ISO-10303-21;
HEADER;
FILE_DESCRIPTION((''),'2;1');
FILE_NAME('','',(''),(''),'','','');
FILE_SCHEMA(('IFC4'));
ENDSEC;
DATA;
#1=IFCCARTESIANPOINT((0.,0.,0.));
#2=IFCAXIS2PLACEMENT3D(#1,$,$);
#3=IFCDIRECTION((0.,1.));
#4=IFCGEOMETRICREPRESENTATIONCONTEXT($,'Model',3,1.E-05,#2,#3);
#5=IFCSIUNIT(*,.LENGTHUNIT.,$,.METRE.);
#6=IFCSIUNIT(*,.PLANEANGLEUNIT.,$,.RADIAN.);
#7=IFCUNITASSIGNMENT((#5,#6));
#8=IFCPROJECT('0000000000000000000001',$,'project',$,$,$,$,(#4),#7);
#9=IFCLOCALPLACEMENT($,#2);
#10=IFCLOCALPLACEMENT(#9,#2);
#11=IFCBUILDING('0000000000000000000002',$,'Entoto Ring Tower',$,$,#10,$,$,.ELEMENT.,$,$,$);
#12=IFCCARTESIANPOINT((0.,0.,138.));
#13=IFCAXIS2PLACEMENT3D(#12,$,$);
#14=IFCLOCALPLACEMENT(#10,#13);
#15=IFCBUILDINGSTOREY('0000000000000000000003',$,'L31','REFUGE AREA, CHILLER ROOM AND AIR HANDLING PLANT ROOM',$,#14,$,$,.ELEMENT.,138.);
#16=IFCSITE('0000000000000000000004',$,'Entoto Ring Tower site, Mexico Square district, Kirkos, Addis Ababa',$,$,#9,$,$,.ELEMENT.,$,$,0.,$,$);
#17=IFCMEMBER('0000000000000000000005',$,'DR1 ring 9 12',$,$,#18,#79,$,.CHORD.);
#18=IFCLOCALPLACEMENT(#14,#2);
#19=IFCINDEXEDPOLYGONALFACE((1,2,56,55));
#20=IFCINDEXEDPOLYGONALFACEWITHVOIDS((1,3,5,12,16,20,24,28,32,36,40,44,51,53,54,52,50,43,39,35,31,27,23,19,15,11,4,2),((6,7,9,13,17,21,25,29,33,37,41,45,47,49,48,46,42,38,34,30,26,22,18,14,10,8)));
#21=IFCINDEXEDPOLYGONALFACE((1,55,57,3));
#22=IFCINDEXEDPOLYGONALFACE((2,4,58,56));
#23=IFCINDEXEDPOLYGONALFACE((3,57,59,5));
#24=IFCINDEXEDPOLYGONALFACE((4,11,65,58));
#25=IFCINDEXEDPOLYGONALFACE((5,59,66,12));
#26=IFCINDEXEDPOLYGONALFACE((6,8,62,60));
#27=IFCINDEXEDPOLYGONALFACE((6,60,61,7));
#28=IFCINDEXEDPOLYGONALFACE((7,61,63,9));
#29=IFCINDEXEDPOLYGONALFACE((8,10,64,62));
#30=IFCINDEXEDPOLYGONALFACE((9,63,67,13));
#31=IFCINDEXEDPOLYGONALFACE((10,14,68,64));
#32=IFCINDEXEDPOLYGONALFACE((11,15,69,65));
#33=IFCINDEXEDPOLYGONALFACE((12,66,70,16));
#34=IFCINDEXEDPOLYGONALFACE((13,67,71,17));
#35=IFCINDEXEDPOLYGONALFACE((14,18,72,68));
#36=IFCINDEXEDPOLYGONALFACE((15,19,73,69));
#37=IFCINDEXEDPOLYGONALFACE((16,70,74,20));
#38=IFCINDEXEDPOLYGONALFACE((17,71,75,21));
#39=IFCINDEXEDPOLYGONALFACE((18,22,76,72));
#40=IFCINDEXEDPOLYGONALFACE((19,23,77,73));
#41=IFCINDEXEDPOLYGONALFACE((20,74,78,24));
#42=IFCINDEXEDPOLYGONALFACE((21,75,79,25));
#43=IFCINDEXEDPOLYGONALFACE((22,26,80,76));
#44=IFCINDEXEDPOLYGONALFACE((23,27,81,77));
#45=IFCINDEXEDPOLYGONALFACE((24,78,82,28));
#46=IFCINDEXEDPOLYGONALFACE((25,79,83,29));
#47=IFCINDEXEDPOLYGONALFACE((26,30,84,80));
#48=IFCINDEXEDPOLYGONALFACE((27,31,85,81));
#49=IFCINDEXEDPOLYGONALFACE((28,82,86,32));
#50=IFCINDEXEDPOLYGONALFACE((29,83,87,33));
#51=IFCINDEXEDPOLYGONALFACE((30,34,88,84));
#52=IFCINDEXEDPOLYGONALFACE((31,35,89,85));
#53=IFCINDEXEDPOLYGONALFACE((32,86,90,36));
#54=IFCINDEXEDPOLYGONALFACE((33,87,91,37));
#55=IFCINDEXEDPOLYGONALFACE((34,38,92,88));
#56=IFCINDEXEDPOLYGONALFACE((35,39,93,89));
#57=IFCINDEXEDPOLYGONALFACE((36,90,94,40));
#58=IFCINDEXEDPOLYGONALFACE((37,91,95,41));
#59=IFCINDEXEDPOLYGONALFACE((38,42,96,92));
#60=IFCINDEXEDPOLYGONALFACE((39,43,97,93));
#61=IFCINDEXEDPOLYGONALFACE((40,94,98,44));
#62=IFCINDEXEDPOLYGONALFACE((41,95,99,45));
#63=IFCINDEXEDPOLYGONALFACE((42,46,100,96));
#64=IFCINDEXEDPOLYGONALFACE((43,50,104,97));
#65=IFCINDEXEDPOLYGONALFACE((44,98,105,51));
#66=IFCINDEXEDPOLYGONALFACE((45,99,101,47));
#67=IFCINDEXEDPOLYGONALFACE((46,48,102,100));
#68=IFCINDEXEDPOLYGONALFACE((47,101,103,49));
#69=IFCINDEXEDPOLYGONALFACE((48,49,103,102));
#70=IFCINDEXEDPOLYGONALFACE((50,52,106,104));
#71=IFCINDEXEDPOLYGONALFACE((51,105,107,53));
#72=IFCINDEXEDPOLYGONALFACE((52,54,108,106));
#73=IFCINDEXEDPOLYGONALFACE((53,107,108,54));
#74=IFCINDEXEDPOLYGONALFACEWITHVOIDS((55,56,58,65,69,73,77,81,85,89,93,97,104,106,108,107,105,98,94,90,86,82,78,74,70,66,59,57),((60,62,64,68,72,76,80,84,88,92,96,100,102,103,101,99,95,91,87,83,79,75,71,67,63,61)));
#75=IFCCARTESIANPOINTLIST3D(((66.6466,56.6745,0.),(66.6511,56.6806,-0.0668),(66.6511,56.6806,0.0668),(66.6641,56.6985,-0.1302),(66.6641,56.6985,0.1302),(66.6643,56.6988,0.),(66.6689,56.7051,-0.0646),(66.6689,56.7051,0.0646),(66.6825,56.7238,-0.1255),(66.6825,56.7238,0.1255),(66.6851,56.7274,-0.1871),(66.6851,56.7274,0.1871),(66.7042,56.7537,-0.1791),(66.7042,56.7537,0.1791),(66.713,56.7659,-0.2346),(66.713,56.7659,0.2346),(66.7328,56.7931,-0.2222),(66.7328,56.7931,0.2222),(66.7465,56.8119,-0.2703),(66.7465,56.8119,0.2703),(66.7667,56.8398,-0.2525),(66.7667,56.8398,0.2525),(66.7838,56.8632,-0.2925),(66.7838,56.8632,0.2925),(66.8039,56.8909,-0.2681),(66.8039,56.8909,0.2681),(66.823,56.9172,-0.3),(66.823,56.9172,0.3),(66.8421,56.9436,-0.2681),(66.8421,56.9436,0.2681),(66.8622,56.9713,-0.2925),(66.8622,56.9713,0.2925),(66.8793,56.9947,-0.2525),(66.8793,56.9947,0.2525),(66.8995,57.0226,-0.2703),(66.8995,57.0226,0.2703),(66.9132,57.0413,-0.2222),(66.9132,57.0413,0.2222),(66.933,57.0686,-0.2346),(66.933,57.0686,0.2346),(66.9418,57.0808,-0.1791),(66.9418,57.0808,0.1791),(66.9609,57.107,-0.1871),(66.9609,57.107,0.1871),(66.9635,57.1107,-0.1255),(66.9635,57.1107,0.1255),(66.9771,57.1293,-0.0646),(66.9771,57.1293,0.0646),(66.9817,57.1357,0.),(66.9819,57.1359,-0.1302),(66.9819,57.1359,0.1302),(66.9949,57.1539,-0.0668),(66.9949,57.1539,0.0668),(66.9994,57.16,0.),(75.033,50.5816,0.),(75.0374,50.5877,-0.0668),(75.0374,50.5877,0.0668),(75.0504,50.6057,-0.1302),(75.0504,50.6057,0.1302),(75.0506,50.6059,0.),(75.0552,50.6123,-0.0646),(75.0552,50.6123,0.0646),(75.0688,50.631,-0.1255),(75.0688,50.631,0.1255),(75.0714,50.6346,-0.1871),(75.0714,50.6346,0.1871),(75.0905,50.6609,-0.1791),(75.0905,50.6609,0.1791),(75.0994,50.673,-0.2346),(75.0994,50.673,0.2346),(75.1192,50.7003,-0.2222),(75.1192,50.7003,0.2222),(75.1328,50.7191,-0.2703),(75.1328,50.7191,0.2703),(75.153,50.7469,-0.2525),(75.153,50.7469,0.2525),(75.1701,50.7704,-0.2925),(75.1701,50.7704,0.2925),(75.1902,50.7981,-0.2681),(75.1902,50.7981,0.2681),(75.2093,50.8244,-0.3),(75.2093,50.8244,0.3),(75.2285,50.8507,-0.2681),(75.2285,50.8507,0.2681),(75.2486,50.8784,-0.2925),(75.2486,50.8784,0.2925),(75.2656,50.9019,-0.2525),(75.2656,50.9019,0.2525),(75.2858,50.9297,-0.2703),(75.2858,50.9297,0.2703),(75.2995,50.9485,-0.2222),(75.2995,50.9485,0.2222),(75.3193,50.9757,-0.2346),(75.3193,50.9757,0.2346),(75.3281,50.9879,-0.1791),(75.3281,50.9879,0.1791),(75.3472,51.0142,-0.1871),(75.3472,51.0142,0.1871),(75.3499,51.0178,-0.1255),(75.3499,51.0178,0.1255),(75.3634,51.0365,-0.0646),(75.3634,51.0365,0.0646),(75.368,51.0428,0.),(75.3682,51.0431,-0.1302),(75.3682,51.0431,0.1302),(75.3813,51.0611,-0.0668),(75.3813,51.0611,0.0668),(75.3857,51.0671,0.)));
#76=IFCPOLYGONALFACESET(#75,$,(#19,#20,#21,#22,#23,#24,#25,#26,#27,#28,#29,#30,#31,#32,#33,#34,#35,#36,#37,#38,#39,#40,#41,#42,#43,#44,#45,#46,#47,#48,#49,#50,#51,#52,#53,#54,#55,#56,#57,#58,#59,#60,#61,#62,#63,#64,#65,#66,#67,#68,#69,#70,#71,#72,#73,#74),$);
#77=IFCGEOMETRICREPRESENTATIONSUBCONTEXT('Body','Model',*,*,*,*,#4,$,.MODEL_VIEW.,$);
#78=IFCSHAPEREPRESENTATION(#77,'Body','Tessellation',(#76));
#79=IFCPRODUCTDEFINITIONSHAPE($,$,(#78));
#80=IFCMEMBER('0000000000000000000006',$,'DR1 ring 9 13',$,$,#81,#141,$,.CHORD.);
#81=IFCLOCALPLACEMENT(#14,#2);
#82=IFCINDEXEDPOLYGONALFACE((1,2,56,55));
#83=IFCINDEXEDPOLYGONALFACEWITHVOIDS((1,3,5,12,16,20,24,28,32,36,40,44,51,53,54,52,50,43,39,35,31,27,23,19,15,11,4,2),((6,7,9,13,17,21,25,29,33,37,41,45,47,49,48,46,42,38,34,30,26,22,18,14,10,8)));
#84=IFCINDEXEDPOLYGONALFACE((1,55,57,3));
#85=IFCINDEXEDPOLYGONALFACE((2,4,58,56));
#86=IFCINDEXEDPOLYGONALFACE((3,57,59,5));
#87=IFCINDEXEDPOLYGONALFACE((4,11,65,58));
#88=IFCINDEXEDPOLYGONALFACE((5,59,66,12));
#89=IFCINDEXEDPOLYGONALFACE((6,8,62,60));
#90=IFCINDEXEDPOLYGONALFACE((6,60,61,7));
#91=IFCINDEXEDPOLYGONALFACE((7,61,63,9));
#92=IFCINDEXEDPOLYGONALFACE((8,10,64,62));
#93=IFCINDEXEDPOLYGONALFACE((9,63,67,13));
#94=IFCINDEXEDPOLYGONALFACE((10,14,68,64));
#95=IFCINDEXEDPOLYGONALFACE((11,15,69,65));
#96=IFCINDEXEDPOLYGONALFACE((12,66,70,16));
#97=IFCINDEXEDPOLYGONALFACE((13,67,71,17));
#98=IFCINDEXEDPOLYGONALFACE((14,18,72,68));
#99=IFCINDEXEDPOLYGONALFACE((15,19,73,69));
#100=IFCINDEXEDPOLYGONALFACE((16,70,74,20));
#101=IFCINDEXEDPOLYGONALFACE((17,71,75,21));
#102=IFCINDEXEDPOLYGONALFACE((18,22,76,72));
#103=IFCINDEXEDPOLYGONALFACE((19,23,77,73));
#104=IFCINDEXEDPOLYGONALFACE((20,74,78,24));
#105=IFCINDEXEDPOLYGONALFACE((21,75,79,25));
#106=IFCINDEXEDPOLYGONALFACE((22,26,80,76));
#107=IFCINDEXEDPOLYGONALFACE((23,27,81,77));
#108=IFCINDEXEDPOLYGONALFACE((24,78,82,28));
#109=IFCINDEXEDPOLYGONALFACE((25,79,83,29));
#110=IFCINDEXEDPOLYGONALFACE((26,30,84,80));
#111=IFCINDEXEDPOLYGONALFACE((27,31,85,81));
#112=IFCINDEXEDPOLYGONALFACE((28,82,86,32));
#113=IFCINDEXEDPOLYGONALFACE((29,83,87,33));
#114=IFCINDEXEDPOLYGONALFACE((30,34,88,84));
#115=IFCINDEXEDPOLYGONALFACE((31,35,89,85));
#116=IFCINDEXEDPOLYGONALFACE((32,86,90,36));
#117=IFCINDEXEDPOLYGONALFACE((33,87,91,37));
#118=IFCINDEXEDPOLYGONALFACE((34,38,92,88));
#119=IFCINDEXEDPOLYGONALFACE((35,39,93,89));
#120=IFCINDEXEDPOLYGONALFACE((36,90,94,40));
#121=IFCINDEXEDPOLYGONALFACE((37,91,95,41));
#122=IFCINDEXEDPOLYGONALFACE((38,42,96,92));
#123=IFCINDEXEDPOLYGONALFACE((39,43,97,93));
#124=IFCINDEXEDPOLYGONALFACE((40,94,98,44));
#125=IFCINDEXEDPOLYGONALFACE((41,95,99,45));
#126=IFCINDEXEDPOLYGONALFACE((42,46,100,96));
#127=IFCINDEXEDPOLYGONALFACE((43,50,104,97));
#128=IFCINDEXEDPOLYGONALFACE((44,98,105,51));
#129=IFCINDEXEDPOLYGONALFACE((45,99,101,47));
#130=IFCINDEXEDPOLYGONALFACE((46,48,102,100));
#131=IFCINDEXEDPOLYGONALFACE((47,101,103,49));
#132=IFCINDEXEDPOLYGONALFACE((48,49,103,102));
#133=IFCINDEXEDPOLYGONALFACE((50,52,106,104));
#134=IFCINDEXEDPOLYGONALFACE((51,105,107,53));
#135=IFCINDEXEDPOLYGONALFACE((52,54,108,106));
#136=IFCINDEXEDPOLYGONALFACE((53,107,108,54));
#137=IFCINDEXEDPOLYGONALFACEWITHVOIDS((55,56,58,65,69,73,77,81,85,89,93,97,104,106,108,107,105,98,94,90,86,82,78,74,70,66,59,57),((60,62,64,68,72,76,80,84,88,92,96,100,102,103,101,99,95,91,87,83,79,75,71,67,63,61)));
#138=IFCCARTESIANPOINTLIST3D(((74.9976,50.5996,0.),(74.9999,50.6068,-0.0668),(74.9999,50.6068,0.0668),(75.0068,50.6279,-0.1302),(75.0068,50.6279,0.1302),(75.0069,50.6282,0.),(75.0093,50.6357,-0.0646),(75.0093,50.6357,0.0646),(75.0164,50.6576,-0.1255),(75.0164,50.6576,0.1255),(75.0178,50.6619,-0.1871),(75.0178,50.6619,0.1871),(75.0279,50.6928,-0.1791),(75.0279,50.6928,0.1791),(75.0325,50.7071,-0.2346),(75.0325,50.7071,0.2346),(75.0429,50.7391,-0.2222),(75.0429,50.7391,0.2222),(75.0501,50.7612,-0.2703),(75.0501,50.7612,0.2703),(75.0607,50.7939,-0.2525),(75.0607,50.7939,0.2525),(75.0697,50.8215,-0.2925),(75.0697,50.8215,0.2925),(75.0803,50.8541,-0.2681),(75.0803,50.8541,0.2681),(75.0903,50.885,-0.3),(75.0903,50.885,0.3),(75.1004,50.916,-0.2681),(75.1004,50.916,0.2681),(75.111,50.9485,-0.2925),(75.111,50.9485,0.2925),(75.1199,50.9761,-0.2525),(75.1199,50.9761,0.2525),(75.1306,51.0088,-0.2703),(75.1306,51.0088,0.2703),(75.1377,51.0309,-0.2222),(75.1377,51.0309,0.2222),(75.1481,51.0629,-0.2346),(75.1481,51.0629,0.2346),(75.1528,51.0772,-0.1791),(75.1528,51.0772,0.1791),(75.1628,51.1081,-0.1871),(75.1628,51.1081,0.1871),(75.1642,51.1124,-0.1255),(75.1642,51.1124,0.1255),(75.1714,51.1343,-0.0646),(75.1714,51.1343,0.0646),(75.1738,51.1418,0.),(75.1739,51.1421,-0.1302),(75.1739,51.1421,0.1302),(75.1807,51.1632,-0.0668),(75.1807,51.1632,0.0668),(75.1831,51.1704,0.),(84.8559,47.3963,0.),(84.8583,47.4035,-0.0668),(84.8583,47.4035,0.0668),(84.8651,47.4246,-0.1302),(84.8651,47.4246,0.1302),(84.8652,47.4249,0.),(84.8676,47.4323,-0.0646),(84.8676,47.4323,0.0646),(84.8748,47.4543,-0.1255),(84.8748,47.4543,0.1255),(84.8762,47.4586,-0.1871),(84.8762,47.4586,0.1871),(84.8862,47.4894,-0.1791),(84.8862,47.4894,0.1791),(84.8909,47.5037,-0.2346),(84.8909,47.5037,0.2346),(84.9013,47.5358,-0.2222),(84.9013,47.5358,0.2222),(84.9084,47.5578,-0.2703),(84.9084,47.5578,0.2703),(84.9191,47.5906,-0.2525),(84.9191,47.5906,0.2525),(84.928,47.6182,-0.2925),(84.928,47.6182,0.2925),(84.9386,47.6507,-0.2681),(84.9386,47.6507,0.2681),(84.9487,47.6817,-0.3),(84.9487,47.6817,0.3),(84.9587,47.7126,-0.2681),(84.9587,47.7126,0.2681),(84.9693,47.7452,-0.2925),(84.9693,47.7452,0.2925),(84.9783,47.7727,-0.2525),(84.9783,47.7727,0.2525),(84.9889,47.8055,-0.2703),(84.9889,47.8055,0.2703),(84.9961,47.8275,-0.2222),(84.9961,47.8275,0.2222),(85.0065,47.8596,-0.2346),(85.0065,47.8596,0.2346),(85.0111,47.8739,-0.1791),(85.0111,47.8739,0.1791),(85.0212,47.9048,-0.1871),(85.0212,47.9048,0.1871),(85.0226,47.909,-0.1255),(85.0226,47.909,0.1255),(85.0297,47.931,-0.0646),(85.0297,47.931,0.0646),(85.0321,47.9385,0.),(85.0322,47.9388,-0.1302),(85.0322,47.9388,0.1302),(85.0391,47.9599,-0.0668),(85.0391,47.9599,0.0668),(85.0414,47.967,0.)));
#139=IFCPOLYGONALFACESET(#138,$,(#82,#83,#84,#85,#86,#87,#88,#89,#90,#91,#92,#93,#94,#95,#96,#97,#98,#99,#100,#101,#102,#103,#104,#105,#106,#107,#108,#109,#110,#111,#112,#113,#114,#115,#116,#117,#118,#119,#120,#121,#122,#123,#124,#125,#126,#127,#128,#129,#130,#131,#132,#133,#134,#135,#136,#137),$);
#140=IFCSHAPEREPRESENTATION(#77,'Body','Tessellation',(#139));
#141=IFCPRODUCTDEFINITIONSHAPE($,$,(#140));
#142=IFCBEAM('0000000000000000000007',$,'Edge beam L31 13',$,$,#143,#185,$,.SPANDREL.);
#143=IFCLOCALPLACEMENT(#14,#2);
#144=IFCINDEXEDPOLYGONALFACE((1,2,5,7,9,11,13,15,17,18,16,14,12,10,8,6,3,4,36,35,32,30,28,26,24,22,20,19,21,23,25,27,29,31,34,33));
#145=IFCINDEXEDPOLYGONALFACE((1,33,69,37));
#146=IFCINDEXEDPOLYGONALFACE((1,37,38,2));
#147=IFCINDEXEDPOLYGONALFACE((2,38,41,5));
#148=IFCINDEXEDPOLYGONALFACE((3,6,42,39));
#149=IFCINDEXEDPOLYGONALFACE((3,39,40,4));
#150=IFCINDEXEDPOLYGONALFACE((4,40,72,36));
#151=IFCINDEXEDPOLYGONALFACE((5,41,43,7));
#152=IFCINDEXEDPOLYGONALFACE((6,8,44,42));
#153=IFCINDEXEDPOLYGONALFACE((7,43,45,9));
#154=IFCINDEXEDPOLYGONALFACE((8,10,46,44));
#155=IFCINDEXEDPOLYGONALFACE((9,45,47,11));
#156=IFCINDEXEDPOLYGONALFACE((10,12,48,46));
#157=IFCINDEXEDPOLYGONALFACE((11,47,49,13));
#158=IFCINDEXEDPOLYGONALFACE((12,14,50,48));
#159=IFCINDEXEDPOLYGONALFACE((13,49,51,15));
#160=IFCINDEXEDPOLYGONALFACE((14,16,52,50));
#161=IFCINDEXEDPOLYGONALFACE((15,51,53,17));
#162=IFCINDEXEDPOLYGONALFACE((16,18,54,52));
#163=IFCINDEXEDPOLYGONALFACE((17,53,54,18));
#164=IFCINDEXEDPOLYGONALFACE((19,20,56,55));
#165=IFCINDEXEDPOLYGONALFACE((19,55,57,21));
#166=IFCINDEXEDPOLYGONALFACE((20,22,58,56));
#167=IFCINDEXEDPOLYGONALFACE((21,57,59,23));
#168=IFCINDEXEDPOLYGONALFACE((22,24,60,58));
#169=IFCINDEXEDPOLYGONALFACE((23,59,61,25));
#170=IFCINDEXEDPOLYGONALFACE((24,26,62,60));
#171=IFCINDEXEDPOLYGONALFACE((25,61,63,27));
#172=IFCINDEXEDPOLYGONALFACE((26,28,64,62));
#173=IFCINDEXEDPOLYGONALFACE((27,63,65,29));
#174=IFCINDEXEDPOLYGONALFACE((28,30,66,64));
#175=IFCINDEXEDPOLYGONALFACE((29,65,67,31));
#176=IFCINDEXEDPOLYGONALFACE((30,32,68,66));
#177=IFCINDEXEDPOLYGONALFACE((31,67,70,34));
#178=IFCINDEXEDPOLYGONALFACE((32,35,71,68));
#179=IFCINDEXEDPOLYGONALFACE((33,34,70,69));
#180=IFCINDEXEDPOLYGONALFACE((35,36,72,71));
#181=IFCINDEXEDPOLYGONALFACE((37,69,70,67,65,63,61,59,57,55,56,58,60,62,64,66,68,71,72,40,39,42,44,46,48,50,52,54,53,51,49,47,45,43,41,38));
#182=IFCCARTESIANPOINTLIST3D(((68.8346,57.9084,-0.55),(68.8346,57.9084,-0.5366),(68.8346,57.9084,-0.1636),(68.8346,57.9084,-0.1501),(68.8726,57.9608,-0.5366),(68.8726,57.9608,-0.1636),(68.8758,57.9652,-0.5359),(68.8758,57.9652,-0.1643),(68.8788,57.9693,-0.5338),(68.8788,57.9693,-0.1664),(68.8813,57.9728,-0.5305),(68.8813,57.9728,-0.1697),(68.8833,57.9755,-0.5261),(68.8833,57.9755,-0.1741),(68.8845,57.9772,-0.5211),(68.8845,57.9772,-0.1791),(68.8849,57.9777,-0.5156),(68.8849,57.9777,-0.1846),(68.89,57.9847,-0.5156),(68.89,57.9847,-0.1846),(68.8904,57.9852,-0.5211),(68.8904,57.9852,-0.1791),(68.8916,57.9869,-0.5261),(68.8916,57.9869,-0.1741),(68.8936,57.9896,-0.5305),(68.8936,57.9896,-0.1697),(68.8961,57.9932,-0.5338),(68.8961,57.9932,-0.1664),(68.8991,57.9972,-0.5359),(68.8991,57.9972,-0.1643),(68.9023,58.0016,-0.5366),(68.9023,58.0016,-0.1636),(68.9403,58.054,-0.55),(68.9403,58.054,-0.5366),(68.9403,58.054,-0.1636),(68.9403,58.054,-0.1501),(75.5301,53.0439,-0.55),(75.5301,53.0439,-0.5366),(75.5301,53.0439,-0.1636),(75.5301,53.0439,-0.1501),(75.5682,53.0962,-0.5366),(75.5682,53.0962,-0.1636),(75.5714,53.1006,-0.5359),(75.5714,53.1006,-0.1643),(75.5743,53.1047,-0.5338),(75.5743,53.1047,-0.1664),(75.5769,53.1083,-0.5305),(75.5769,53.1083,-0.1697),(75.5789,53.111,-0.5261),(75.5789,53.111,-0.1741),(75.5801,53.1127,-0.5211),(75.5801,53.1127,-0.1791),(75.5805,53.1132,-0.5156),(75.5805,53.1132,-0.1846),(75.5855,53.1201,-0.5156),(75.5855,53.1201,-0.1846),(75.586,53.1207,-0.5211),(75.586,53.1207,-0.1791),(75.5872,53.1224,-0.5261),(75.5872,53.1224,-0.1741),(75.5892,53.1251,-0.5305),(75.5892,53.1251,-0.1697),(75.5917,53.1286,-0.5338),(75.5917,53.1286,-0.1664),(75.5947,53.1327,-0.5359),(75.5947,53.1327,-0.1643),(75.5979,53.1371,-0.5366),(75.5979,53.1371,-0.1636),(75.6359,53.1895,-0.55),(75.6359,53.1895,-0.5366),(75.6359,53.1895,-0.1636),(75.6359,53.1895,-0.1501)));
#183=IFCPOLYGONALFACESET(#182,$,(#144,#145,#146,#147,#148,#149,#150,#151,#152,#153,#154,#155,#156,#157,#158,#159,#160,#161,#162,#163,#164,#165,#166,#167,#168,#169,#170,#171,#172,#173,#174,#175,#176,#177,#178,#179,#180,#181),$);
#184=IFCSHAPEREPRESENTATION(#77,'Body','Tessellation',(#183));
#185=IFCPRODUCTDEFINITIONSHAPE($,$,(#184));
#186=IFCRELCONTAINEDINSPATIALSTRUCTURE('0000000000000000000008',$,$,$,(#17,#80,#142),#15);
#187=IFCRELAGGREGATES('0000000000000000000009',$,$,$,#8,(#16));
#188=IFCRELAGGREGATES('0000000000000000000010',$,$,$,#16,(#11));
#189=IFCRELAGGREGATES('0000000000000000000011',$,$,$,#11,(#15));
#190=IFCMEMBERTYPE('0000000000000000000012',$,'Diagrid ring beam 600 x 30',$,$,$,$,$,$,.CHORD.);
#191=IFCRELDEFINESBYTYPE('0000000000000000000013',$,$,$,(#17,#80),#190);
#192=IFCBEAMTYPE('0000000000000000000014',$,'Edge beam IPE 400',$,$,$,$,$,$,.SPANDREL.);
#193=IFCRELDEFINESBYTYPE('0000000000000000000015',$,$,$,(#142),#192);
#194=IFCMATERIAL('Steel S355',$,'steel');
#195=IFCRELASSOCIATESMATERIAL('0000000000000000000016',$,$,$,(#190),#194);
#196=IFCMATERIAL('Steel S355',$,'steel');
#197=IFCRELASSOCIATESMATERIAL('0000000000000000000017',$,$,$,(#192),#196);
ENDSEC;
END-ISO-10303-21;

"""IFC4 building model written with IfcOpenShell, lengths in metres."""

from ifc_helpers import new_model, si_unit, direction, frame, origin, origin_2d, place, context, subcontext, project, spatial, circle, hollow_circle, i_section, extrude, material, material_profile, profile_set, type_object, element, save


model = new_model("IFC4")

# Units and contexts
model_context = context("Model", 3, precision=1e-05, world=origin(), true_north=direction((0.0, 1.0)))
body_context = subcontext(model_context, "Body", "Model", "MODEL_VIEW")
ifc_project = project(units=[si_unit("LENGTHUNIT", "METRE"), si_unit("PLANEANGLEUNIT", "RADIAN")], contexts=[model_context])

# Site, building, storey
site_placement = place(None, origin())
site = spatial("IfcSite", under=ifc_project, at=site_placement, Name="Entoto Ring Tower site, Mexico Square district, Kirkos, Addis Ababa", CompositionType="ELEMENT", RefElevation=0.0)
building_placement = place(site_placement, origin())
building = spatial("IfcBuilding", under=site, at=building_placement, Name="Entoto Ring Tower", CompositionType="ELEMENT")
storey_placement = place(building_placement, frame((0.0, 0.0, 138.0)))
storey = spatial("IfcBuildingStorey", under=building, at=storey_placement, Name="L31", Description="REFUGE AREA, CHILLER ROOM AND AIR HANDLING PLANT ROOM", CompositionType="ELEMENT", Elevation=138.0)

# Members
ifc_material_1 = material(Name="Steel S355", Category="steel")
ifc_material_profile_1 = material_profile(ifc_material_1, hollow_circle(Radius=0.3, WallThickness=0.03, at=origin_2d()), Name="CHS 600 x 30")
ifc_material_2 = material(Name="Concrete C60/75", Category="concrete")
ifc_material_profile_2 = material_profile(ifc_material_2, circle(Radius=0.27, at=origin_2d()), Name="Concrete C60/75 infill")
ifc_profile_set_1 = profile_set([ifc_material_profile_1, ifc_material_profile_2], Name="Steel S355")
member_type_1 = type_object("IfcMemberType", Name="Diagrid ring beam 600 x 30", PredefinedType="CHORD", material=ifc_profile_set_1)
member_1_placement = place(storey_placement, frame((66.823, 56.9172, 0.0), z_axis=(0.809025, -0.587774, 0.0), x_axis=(0.587774, 0.809025, 0.0)))
element("IfcMember", 1, at=member_1_placement, inside=storey, type_object=member_type_1, Name="DR1 ring 9 12", PredefinedType="CHORD", context=body_context, shape_type="SweptSolid", body=[
    extrude(hollow_circle(Radius=0.3, WallThickness=0.03, at=origin_2d()), origin(), (0.0, 0.0, 1.0), 10.366),
])
member_2_placement = place(storey_placement, frame((75.0903, 50.885, 0.0), z_axis=(0.951051, -0.309033, 0.0), x_axis=(0.309033, 0.951051, 0.0)))
element("IfcMember", 2, at=member_2_placement, inside=storey, type_object=member_type_1, Name="DR1 ring 9 13", PredefinedType="CHORD", context=body_context, shape_type="SweptSolid", body=[
    extrude(hollow_circle(Radius=0.3, WallThickness=0.03, at=origin_2d()), origin(), (0.0, 0.0, 1.0), 10.3657),
])

# Beam
ifc_material_3 = material(Name="Steel S355", Category="steel")
ifc_material_profile_3 = material_profile(ifc_material_3, i_section(OverallWidth=0.1799, OverallDepth=0.3999, WebThickness=0.0085, FlangeThickness=0.0134, FilletRadius=0.021, at=origin_2d()), Name="IPE 400")
ifc_profile_set_2 = profile_set([ifc_material_profile_3], Name="Steel S355")
beam_type = type_object("IfcBeamType", Name="Edge beam IPE 400", PredefinedType="SPANDREL", material=ifc_profile_set_2)
beam_placement = place(storey_placement, frame((68.8875, 57.9812, -0.3501), z_axis=(0.809023, -0.587777, 0.0), x_axis=(0.587777, 0.809023, 0.0)))
element("IfcBeam", 3, at=beam_placement, inside=storey, type_object=beam_type, Name="Edge beam L31 13", PredefinedType="SPANDREL", context=body_context, shape_type="SweptSolid", body=[
    extrude(i_section(OverallWidth=0.1799, OverallDepth=0.3999, WebThickness=0.0085, FlangeThickness=0.0134, FilletRadius=0.021, at=origin_2d()), origin(), (0.0, 0.0, 1.0), 8.2761),
])

save(model, "model.ifc")
